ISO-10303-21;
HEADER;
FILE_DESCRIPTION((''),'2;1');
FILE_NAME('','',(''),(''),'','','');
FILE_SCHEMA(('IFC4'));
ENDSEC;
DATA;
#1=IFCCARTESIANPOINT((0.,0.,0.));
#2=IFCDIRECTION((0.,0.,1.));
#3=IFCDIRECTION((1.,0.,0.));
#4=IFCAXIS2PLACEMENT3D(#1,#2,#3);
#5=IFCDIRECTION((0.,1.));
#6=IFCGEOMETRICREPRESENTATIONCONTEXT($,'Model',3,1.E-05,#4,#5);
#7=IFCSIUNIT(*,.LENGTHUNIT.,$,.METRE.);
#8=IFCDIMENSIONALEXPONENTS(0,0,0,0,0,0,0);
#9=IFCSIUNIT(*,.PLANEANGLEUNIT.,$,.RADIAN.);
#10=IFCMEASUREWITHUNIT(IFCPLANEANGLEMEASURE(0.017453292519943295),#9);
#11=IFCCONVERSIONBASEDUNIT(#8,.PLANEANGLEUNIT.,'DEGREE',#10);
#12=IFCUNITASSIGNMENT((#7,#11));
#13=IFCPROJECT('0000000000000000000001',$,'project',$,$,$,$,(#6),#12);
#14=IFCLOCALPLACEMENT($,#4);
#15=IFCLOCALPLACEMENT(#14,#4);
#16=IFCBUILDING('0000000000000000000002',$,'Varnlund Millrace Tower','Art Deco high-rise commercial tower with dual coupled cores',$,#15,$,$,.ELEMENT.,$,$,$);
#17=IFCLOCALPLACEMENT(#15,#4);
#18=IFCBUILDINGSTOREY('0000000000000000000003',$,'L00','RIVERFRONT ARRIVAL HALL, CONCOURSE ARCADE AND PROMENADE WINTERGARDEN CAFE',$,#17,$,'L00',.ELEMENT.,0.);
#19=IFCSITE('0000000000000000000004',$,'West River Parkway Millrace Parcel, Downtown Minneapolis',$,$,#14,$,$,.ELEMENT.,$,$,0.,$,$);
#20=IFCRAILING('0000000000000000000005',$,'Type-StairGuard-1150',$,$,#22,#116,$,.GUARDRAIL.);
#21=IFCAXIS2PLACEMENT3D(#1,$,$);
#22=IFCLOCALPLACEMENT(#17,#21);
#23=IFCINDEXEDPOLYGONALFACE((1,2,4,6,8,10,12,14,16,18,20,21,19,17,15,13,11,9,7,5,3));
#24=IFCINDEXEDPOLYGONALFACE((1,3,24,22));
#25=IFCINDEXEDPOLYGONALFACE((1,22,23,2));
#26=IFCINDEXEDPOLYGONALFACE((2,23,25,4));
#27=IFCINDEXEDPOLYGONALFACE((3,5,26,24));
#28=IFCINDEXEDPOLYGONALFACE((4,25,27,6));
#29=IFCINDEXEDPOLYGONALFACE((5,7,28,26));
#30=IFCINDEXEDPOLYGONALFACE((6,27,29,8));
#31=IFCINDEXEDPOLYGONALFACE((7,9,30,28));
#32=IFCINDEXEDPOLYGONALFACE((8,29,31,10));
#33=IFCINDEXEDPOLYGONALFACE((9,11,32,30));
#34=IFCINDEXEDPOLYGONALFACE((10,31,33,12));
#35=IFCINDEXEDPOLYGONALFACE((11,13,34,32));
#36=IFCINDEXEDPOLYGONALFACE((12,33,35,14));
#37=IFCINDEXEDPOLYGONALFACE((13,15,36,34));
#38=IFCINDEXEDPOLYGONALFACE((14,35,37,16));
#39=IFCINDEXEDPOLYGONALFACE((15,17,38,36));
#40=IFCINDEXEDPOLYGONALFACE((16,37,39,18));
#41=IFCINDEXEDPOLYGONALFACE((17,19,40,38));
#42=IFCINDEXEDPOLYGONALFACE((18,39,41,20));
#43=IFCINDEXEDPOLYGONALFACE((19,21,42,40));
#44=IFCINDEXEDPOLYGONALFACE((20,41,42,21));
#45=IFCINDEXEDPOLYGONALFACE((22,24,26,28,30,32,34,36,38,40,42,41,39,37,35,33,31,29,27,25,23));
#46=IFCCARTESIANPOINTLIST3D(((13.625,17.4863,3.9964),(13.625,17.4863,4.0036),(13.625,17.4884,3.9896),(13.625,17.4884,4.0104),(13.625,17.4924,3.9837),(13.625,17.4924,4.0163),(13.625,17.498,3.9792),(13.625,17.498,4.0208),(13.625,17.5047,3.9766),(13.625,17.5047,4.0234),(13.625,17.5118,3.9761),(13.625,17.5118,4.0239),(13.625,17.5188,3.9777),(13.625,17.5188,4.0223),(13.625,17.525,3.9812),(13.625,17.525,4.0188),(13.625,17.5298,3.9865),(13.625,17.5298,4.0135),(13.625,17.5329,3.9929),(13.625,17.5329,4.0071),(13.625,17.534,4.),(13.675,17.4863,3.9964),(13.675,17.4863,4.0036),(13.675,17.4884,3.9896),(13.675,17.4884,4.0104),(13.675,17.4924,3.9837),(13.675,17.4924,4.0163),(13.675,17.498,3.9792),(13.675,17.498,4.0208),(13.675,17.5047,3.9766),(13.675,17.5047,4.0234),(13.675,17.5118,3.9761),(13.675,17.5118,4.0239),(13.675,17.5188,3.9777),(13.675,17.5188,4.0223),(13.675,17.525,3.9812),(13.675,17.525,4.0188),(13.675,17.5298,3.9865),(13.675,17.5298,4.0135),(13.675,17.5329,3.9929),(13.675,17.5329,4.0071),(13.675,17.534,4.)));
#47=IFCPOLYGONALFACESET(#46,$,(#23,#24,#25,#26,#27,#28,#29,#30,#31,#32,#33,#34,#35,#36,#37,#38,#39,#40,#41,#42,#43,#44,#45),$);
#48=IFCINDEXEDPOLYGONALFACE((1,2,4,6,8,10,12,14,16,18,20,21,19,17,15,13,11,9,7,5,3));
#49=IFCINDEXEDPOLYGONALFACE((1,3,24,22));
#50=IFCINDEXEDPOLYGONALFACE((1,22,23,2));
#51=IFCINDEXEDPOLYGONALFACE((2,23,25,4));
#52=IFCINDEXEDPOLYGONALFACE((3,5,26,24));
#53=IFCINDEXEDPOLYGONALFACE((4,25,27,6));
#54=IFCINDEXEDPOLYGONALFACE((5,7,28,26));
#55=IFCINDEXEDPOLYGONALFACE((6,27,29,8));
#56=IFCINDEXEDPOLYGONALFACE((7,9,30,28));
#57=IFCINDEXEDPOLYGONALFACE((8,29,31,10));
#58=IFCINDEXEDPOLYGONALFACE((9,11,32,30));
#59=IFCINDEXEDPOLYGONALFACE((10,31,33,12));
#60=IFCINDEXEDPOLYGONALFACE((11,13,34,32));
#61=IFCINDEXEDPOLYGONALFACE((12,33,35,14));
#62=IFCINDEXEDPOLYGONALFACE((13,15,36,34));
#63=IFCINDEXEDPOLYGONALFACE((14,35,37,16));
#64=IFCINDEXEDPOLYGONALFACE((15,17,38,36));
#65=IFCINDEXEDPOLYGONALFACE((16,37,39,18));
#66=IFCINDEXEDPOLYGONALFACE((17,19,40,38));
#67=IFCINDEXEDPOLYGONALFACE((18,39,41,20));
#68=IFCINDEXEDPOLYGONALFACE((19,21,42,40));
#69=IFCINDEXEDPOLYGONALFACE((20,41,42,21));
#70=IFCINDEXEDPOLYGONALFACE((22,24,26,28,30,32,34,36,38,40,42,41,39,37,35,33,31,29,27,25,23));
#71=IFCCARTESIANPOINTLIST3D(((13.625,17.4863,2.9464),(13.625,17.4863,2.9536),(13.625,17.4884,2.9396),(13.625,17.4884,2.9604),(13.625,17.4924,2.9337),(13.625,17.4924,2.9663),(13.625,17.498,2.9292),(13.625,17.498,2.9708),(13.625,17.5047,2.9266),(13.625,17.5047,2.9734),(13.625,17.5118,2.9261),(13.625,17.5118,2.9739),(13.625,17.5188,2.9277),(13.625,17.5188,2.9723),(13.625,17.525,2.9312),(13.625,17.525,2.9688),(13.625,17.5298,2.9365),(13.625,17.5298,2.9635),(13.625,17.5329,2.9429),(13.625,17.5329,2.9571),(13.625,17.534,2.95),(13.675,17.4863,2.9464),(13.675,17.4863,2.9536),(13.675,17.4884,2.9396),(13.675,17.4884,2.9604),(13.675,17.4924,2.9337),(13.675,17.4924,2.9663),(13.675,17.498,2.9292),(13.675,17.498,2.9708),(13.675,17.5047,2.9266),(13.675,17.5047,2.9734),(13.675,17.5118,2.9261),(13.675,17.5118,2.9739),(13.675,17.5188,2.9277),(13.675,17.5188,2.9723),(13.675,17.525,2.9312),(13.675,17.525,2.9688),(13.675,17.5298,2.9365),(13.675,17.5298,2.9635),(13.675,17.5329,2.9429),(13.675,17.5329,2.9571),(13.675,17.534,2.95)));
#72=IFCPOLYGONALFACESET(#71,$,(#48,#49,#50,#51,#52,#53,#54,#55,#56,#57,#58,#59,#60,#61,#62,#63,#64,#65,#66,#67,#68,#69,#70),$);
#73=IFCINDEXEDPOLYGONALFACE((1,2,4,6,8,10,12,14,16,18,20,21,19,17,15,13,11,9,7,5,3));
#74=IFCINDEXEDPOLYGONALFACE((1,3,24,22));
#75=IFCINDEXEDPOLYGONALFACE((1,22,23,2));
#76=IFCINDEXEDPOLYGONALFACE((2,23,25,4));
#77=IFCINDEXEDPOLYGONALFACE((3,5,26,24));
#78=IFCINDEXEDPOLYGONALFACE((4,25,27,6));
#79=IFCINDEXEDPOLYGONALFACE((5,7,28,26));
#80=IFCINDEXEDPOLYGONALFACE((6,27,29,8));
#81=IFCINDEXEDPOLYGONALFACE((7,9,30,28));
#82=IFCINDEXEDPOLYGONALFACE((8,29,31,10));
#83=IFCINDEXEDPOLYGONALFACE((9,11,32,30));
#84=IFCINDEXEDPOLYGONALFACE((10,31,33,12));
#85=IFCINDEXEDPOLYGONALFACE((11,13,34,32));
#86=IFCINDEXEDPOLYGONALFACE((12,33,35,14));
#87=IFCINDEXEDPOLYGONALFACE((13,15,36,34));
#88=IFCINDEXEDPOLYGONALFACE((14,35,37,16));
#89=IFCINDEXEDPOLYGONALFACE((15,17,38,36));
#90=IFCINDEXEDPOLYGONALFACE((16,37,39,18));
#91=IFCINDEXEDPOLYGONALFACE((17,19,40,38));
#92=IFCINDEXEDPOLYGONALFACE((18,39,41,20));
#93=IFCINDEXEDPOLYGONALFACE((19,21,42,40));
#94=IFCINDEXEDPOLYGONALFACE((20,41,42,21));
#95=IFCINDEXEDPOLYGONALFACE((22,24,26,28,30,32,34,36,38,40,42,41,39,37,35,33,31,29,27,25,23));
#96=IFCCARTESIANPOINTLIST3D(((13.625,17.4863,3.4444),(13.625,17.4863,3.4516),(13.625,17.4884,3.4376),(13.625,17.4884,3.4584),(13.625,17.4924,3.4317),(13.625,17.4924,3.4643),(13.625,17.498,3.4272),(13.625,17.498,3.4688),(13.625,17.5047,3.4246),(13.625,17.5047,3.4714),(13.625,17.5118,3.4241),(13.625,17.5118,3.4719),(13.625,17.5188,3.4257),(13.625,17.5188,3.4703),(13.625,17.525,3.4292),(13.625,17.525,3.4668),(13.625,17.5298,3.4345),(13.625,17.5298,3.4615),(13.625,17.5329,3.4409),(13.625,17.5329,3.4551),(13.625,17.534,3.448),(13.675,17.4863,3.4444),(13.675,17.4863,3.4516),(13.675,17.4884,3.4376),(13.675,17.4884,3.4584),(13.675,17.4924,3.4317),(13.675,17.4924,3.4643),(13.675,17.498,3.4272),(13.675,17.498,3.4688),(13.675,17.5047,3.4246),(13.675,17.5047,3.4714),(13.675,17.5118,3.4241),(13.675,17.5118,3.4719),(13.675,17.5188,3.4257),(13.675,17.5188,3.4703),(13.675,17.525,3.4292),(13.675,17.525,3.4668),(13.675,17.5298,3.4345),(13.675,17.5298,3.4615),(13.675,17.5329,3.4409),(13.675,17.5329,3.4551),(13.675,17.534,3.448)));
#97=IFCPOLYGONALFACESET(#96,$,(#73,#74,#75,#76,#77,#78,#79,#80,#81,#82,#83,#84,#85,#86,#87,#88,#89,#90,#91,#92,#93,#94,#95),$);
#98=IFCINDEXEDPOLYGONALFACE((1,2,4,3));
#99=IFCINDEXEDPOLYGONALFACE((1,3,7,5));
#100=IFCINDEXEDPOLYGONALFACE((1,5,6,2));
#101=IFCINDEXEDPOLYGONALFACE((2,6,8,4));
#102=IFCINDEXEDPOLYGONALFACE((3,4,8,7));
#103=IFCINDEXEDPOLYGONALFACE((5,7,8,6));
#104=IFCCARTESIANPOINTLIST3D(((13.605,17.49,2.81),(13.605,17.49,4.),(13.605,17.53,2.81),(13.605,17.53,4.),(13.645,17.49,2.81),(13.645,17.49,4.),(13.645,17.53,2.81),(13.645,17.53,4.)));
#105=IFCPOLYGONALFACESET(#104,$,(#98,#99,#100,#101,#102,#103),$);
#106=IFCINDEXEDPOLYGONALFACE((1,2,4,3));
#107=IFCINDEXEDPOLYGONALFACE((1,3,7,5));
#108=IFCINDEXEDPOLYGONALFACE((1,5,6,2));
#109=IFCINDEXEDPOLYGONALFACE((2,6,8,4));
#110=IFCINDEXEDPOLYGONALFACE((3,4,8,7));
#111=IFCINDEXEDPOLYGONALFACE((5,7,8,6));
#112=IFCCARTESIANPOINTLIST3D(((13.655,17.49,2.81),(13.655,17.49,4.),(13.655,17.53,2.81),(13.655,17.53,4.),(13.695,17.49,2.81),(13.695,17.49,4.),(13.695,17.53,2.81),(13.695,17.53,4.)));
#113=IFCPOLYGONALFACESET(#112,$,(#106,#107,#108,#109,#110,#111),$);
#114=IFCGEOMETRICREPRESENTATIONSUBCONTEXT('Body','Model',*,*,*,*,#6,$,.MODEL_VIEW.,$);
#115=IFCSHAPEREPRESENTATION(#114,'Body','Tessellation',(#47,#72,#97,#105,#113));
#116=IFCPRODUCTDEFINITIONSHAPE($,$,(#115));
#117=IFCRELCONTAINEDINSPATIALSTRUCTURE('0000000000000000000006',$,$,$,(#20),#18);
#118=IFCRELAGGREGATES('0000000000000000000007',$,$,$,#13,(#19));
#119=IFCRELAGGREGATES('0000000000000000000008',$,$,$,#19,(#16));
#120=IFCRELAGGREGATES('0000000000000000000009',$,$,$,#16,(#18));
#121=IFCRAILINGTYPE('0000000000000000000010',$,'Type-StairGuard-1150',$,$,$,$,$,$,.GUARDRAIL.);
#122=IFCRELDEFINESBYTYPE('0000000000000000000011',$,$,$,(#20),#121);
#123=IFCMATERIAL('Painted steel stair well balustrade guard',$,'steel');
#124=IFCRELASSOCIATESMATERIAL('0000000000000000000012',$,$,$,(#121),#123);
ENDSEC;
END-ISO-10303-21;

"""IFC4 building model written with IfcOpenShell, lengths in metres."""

from ifc_helpers import new_model, entity, si_unit, converted_unit, direction, frame, origin_with_axes, origin_2d_with_axis, place, context, subcontext, project, spatial, rectangle, circle, extrude, material, type_object, element, save


model = new_model("IFC4")

# Units and contexts
model_context = context("Model", 3, precision=1e-05, world=origin_with_axes(), true_north=direction((0.0, 1.0)))
body_context = subcontext(model_context, "Body", "Model", "MODEL_VIEW")
ifc_project = project(units=[si_unit("LENGTHUNIT", "METRE"), converted_unit("PLANEANGLEUNIT", "DEGREE", entity("IfcPlaneAngleMeasure", 0.017453292519943295), si_unit("PLANEANGLEUNIT", "RADIAN"), dimensions=[0, 0, 0, 0, 0, 0, 0])], contexts=[model_context])

# Site, building, storey
site_placement = place(None, origin_with_axes())
site = spatial("IfcSite", under=ifc_project, at=site_placement, Name="West River Parkway Millrace Parcel, Downtown Minneapolis", CompositionType="ELEMENT", RefElevation=0.0)
building_placement = place(site_placement, origin_with_axes())
building = spatial("IfcBuilding", under=site, at=building_placement, Name="Varnlund Millrace Tower", Description="Art Deco high-rise commercial tower with dual coupled cores", CompositionType="ELEMENT")
storey_placement = place(building_placement, origin_with_axes())
storey = spatial("IfcBuildingStorey", under=building, at=storey_placement, Name="L00", Description="RIVERFRONT ARRIVAL HALL, CONCOURSE ARCADE AND PROMENADE WINTERGARDEN CAFE", LongName="L00", CompositionType="ELEMENT", Elevation=0.0)

# Railing
ifc_material_1 = material(Name="Painted steel stair well balustrade guard", Category="steel")
railing_type_1 = type_object("IfcRailingType", Name="Type-StairGuard-1150", PredefinedType="GUARDRAIL", material=ifc_material_1)
railing_1_placement = place(storey_placement, origin_with_axes())
element("IfcRailing", 1, at=railing_1_placement, inside=storey, type_object=railing_type_1, Name="Type-StairGuard-1150", PredefinedType="GUARDRAIL", context=body_context, shape_type="SweptSolid", body=[
    extrude(circle(Radius=0.024, at=origin_2d_with_axis()), frame((13.625, 17.51, 4.0), z_axis=(1.0, 0.0, 0.0), x_axis=(0.0, 1.0, 0.0)), (0.0, 0.0, 1.0), 0.05),
    extrude(circle(Radius=0.024, at=origin_2d_with_axis()), frame((13.625, 17.51, 2.95), z_axis=(1.0, 0.0, 0.0), x_axis=(0.0, 1.0, 0.0)), (0.0, 0.0, 1.0), 0.05),
    extrude(circle(Radius=0.024, at=origin_2d_with_axis()), frame((13.625, 17.51, 3.448), z_axis=(1.0, 0.0, 0.0), x_axis=(0.0, 1.0, 0.0)), (0.0, 0.0, 1.0), 0.05),
    extrude(rectangle(XDim=0.04, YDim=0.04, at=origin_2d_with_axis()), frame((13.625, 17.51, 2.81), z_axis=(0.0, 0.0, 1.0), x_axis=(1.0, 0.0, 0.0)), (0.0, 0.0, 1.0), 1.19),
    extrude(rectangle(XDim=0.04, YDim=0.04, at=origin_2d_with_axis()), frame((13.675, 17.51, 2.81), z_axis=(0.0, 0.0, 1.0), x_axis=(1.0, 0.0, 0.0)), (0.0, 0.0, 1.0), 1.19),
])

save(model, "model.ifc")
